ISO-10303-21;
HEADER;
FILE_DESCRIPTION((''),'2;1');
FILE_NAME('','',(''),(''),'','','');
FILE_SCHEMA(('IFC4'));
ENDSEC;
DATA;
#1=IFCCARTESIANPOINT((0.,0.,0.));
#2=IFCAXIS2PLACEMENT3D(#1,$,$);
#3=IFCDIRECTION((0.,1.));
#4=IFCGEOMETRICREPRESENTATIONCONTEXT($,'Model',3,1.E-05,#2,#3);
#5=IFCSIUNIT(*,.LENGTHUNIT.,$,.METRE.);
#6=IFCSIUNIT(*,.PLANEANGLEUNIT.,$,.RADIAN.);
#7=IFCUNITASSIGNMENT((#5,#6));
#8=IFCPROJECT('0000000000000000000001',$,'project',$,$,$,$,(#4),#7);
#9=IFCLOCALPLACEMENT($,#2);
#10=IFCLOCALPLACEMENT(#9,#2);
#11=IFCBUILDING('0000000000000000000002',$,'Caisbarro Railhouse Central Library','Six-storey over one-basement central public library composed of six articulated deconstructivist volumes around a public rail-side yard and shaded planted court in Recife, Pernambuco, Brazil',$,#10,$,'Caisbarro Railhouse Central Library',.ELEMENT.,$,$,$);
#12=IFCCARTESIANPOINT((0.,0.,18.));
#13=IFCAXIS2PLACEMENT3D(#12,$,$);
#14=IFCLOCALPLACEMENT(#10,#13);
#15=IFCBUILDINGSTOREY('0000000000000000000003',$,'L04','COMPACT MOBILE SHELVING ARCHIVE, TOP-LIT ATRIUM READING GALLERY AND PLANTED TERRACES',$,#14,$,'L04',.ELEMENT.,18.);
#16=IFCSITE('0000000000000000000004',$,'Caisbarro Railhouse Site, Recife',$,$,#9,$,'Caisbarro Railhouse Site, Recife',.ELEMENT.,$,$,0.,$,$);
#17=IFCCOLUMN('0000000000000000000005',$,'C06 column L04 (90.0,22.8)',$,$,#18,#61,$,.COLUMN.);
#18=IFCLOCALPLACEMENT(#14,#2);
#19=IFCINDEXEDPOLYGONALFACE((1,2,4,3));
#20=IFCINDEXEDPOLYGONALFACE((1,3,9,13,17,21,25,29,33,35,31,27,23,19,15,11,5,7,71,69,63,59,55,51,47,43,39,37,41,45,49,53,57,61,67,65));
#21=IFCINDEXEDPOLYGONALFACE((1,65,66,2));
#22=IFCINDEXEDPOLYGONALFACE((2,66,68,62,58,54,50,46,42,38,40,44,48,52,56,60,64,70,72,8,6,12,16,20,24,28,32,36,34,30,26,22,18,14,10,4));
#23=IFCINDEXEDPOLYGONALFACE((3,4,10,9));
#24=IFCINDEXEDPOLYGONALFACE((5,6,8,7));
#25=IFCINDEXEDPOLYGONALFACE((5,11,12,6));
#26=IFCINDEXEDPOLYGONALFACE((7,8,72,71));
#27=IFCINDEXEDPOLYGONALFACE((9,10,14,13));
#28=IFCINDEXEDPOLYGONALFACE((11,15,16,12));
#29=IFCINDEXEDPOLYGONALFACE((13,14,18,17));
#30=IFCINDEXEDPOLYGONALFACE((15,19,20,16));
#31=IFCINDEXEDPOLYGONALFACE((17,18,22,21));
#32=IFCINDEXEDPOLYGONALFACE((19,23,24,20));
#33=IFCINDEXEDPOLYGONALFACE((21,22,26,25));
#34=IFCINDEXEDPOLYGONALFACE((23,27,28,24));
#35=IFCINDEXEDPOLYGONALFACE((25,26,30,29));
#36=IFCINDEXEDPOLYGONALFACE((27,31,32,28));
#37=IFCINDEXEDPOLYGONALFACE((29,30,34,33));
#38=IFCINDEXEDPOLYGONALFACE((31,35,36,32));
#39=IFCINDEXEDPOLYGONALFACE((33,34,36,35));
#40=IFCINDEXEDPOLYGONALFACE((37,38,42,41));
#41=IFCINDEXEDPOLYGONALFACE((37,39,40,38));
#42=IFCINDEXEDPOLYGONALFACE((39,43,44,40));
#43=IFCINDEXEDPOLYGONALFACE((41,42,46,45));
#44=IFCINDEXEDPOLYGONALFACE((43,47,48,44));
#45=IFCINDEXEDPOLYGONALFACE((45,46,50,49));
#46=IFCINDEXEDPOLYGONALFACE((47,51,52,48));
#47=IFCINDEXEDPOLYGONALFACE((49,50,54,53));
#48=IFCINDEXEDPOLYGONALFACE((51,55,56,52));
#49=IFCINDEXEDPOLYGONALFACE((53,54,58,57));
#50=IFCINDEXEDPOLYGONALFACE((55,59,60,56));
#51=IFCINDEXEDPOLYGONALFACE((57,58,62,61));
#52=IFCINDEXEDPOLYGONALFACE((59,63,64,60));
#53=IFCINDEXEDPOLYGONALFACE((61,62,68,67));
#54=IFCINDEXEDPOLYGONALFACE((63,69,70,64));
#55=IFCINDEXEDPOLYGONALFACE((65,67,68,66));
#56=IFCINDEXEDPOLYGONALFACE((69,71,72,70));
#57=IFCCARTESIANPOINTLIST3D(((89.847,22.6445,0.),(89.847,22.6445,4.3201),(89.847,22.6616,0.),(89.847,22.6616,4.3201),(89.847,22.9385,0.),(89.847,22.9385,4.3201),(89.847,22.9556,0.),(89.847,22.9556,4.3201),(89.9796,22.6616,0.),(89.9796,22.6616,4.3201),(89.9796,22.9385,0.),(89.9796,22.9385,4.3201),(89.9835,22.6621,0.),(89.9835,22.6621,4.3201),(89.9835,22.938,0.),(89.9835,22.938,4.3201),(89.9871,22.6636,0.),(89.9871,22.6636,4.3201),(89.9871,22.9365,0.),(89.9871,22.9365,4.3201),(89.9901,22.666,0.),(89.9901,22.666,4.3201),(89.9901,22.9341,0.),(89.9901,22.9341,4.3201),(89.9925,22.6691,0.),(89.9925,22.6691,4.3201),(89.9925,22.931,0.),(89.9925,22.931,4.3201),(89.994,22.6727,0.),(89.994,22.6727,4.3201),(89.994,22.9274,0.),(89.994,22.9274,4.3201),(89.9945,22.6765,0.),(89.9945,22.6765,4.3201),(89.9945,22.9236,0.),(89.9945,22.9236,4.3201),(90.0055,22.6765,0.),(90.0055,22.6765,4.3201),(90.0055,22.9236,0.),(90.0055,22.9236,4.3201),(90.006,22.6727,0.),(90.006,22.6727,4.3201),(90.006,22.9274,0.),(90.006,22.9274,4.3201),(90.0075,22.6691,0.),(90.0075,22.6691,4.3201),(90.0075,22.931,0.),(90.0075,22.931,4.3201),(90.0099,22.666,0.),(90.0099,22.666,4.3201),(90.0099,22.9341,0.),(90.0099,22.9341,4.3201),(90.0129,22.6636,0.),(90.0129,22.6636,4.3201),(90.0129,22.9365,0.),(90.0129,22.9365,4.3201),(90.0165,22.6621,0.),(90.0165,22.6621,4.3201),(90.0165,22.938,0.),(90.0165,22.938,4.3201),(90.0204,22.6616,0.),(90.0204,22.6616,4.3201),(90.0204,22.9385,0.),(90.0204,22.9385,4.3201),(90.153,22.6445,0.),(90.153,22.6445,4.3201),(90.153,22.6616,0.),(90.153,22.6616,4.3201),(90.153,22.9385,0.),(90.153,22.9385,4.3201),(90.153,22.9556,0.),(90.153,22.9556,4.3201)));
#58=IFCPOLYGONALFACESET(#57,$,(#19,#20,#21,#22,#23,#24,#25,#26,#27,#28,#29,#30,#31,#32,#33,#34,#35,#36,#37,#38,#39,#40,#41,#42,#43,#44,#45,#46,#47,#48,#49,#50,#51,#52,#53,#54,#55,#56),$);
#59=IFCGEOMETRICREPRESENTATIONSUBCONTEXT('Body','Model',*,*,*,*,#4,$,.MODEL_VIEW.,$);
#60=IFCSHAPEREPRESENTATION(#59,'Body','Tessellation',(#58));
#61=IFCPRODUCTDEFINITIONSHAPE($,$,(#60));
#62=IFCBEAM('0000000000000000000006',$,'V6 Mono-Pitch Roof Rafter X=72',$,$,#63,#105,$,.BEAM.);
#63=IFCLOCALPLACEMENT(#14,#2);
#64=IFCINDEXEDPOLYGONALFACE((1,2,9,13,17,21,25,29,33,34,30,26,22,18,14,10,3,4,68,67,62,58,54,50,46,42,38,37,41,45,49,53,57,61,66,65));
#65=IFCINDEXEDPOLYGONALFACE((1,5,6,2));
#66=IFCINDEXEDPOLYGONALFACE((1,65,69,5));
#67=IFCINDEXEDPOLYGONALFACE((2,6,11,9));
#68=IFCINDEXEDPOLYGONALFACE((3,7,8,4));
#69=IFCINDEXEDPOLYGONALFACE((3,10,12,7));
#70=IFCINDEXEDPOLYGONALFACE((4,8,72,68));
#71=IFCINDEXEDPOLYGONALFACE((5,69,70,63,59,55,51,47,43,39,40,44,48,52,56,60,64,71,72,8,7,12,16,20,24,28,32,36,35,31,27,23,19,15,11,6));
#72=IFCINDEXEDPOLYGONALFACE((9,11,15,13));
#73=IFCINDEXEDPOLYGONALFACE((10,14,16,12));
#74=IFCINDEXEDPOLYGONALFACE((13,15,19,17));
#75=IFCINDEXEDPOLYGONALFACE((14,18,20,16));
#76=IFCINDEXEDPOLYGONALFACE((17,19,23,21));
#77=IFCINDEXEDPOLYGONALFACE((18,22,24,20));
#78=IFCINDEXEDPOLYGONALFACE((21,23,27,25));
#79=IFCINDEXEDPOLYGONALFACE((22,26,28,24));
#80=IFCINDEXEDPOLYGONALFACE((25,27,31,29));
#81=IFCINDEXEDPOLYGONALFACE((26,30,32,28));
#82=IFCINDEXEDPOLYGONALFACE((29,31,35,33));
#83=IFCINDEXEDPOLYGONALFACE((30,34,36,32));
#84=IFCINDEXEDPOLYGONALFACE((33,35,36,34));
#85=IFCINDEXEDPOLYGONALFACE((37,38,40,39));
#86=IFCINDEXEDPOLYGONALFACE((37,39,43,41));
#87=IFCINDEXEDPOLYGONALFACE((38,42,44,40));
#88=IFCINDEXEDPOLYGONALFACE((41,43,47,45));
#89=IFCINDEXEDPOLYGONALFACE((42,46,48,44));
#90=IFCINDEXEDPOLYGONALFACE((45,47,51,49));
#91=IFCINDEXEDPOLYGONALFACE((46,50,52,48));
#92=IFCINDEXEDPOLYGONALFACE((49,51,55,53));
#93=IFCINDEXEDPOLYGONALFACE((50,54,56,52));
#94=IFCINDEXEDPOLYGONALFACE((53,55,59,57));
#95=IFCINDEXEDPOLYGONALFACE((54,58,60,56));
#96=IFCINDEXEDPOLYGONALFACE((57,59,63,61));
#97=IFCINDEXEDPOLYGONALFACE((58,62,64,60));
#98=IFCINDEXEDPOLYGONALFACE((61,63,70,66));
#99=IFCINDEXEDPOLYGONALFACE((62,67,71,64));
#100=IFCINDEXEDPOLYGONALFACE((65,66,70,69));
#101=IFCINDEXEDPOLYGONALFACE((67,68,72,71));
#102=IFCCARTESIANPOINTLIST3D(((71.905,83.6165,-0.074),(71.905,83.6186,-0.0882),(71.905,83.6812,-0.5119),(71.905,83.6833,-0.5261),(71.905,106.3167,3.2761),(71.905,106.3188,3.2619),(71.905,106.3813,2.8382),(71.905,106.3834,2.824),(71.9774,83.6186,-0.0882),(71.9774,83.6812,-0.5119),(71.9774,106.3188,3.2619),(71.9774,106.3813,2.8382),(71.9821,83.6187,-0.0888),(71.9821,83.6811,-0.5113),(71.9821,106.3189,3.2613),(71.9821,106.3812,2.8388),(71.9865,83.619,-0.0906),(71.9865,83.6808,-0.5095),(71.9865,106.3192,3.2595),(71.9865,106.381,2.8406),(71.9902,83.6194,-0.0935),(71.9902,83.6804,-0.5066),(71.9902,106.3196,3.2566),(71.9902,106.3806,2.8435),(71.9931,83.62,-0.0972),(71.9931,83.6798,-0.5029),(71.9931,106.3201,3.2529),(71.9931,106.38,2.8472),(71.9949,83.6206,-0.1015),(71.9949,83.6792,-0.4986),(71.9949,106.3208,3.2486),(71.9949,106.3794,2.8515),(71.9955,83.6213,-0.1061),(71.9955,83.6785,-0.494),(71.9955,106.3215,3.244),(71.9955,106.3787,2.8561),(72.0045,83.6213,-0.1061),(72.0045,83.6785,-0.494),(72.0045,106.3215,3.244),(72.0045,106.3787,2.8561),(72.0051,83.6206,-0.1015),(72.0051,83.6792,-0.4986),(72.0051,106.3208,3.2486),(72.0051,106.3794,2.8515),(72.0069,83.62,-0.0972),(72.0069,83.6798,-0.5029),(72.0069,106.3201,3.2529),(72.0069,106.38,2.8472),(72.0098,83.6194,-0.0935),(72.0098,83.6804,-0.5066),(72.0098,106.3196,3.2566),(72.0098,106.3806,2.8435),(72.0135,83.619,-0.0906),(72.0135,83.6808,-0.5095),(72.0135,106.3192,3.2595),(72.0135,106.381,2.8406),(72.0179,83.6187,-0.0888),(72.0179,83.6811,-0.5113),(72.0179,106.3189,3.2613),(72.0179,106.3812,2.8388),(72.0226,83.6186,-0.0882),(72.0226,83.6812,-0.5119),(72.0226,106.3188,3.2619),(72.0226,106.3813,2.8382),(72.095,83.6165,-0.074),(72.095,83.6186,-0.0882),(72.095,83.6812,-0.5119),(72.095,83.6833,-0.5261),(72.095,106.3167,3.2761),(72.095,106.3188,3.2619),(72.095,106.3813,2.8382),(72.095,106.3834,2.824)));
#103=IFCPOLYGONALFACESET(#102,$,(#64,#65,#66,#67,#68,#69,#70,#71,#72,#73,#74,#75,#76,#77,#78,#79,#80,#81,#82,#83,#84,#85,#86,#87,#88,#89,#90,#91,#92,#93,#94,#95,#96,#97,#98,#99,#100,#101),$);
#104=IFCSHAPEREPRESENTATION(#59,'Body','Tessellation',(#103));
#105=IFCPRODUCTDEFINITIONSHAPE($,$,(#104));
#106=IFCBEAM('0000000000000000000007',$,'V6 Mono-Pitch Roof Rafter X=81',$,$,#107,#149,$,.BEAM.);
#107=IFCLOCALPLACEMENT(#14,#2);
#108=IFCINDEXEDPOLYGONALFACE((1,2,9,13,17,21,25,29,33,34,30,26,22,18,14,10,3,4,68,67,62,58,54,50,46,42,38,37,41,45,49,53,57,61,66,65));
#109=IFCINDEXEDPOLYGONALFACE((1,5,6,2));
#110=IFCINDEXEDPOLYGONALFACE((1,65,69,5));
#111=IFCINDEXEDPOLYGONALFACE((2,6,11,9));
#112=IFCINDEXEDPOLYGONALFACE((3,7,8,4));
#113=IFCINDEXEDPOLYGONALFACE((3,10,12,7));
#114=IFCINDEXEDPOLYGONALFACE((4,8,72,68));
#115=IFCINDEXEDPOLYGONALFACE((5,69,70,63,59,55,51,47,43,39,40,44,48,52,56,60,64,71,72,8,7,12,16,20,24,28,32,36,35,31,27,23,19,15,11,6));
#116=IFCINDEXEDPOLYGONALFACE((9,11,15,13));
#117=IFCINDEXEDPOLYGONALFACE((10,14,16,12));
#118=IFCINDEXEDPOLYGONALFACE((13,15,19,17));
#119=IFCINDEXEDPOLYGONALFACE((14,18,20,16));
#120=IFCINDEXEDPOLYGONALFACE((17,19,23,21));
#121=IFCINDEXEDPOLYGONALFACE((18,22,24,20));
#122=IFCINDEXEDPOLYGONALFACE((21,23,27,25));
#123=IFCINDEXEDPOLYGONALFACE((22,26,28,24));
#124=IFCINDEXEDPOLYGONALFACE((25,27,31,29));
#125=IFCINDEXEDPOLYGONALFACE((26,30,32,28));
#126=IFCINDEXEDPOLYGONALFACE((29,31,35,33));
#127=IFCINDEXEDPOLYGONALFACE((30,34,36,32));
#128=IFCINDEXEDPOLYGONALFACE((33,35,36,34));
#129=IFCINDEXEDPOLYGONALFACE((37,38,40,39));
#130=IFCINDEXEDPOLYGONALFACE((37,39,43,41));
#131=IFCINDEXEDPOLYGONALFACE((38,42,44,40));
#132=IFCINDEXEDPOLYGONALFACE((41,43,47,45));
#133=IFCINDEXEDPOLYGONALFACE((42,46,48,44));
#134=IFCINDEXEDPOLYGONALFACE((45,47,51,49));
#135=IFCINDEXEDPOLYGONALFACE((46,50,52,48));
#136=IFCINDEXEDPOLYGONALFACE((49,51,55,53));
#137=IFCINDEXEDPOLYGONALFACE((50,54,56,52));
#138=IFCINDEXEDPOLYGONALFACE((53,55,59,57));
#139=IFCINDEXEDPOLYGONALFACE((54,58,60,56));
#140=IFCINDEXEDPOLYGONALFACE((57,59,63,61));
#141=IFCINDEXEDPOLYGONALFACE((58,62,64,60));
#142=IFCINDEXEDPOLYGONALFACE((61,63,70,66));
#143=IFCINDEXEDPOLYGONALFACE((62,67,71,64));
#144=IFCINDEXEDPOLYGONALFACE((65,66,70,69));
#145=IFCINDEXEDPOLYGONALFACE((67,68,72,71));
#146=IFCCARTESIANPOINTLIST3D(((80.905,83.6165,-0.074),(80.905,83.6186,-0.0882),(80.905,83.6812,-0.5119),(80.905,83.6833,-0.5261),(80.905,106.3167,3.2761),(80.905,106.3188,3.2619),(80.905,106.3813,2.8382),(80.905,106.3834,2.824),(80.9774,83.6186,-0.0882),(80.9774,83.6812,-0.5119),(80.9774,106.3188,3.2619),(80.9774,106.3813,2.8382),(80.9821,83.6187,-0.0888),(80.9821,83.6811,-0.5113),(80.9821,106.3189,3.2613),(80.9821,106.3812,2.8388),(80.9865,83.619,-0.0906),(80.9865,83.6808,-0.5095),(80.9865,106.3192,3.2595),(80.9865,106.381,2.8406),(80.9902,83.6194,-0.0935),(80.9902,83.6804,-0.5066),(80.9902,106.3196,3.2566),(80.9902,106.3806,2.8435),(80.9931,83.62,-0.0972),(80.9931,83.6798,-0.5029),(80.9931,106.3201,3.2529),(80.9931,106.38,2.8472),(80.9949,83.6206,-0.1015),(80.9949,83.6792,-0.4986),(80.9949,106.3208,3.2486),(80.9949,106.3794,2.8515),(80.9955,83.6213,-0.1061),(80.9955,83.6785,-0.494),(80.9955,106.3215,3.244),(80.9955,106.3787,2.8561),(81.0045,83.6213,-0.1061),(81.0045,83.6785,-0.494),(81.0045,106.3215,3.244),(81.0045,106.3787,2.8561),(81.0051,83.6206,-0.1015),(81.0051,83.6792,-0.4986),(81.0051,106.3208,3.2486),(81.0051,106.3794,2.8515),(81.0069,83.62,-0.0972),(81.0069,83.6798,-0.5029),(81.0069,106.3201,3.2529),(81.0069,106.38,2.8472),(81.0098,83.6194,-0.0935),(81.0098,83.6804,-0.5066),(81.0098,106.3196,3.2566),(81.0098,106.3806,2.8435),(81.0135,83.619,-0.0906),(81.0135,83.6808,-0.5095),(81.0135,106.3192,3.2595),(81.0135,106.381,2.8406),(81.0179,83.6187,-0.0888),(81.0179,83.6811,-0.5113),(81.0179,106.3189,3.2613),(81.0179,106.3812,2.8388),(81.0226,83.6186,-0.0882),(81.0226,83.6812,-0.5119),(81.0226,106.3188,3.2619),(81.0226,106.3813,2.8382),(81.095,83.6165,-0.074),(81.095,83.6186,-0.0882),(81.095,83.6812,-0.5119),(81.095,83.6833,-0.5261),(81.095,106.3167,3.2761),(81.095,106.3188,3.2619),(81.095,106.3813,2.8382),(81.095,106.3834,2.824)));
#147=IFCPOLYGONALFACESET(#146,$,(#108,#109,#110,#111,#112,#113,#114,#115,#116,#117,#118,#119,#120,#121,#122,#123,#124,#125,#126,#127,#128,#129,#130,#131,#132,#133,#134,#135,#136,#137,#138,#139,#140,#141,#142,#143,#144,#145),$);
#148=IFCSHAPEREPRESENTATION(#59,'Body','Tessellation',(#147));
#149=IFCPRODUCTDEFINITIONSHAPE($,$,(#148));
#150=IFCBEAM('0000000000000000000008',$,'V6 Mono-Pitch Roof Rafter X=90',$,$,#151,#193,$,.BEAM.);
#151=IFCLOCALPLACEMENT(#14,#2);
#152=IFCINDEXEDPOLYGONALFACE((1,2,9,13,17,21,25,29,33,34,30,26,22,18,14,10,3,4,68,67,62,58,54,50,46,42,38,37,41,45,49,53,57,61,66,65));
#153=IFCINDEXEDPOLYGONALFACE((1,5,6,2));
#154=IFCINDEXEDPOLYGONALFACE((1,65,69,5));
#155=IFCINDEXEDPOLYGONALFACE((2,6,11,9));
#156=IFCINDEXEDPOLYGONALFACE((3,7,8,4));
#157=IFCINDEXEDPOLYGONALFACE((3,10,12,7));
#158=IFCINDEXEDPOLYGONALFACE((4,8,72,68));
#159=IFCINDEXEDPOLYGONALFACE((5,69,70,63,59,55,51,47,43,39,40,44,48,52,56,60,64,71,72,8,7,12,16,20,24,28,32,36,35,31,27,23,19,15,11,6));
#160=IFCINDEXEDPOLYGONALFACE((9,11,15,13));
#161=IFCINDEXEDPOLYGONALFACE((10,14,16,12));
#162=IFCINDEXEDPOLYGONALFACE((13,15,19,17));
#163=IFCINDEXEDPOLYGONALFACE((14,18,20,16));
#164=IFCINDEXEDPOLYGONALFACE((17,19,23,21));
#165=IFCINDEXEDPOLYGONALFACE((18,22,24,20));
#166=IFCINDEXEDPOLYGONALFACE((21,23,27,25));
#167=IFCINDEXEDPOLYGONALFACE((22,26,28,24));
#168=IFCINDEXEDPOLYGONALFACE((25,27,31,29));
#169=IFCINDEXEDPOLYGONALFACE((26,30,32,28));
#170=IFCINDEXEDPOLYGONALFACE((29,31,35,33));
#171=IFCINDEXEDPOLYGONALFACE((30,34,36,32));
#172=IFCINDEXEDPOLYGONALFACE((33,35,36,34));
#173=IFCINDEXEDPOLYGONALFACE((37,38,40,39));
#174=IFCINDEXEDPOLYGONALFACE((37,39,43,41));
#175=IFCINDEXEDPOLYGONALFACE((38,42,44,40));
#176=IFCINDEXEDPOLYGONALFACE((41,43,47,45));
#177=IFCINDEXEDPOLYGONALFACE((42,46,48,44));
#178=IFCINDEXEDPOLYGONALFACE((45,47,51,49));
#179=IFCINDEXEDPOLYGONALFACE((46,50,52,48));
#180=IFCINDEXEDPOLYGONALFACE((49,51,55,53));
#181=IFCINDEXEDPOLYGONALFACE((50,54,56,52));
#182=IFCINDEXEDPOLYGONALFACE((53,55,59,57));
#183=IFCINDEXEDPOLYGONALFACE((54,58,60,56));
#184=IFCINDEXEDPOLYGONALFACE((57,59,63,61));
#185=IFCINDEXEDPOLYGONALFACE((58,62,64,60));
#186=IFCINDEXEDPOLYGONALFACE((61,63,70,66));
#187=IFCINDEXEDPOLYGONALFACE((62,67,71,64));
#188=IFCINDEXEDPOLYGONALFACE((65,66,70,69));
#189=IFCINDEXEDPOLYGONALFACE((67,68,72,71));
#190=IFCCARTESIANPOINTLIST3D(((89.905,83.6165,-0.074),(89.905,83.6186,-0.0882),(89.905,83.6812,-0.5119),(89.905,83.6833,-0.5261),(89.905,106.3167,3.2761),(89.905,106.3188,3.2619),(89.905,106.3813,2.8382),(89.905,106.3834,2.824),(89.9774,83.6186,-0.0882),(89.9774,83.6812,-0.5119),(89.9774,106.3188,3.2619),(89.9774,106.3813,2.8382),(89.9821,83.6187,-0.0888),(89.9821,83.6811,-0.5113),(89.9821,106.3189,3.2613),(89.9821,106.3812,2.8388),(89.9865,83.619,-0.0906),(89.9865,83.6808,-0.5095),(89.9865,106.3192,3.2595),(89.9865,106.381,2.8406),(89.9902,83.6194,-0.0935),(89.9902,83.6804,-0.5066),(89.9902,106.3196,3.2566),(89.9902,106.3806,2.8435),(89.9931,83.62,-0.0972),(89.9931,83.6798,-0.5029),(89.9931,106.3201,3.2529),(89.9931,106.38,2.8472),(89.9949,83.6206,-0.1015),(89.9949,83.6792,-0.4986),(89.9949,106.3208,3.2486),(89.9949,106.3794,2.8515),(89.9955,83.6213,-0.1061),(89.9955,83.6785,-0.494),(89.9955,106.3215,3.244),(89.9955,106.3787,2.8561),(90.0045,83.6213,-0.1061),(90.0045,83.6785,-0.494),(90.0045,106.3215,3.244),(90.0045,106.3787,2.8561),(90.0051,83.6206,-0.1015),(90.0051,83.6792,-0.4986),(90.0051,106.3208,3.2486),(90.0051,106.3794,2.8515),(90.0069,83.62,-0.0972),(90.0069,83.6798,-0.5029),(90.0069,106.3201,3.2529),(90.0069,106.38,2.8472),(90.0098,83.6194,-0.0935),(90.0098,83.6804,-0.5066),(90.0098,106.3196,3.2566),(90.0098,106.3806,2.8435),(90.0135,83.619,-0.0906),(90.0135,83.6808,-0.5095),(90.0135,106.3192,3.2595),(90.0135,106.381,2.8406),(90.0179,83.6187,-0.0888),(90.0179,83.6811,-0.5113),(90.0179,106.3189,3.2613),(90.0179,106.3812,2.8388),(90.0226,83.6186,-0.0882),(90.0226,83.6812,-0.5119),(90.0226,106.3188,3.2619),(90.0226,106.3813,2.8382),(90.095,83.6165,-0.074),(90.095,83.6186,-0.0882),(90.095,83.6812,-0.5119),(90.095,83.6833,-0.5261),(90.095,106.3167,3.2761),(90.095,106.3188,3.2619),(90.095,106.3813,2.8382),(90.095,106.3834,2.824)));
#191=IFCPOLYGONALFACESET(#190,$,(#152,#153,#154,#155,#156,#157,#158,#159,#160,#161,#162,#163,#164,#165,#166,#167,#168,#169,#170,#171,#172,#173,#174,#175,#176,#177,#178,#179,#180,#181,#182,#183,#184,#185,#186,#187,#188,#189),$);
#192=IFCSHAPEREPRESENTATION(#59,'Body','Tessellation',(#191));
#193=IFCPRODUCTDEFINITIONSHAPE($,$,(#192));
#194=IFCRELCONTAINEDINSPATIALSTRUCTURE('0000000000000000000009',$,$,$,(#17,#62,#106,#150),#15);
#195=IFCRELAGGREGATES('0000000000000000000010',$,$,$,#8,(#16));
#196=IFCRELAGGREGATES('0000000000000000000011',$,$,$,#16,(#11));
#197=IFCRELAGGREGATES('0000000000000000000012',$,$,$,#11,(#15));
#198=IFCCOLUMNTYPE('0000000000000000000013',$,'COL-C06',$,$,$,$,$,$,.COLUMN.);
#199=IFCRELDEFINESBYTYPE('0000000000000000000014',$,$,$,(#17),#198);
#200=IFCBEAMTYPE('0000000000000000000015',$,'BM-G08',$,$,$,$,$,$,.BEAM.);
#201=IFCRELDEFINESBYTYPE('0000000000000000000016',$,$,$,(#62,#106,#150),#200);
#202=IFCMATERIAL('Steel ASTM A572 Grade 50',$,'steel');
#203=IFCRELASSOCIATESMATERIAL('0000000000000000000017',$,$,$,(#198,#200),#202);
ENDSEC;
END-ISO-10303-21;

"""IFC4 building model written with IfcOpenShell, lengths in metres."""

from ifc_helpers import new_model, si_unit, direction, frame, origin, origin_2d, place, context, subcontext, project, spatial, i_section, extrude, material, material_profile, profile_set, type_object, element, save


model = new_model("IFC4")

# Units and contexts
model_context = context("Model", 3, precision=1e-05, world=origin(), true_north=direction((0.0, 1.0)))
body_context = subcontext(model_context, "Body", "Model", "MODEL_VIEW")
ifc_project = project(units=[si_unit("LENGTHUNIT", "METRE"), si_unit("PLANEANGLEUNIT", "RADIAN")], contexts=[model_context])

# Site, building, storey
site_placement = place(None, origin())
site = spatial("IfcSite", under=ifc_project, at=site_placement, Name="Caisbarro Railhouse Site, Recife", LongName="Caisbarro Railhouse Site, Recife", CompositionType="ELEMENT", RefElevation=0.0)
building_placement = place(site_placement, origin())
building = spatial("IfcBuilding", under=site, at=building_placement, Name="Caisbarro Railhouse Central Library", Description="Six-storey over one-basement central public library composed of six articulated deconstructivist volumes around a public rail-side yard and shaded planted court in Recife, Pernambuco, Brazil", LongName="Caisbarro Railhouse Central Library", CompositionType="ELEMENT")
storey_placement = place(building_placement, frame((0.0, 0.0, 18.0)))
storey = spatial("IfcBuildingStorey", under=building, at=storey_placement, Name="L04", Description="COMPACT MOBILE SHELVING ARCHIVE, TOP-LIT ATRIUM READING GALLERY AND PLANTED TERRACES", LongName="L04", CompositionType="ELEMENT", Elevation=18.0)

# Column
ifc_material_1 = material(Name="Steel ASTM A572 Grade 50", Category="steel")
ifc_material_profile_1 = material_profile(ifc_material_1, i_section(OverallWidth=0.3059, OverallDepth=0.311, WebThickness=0.011, FlangeThickness=0.0171, FilletRadius=0.0149, at=origin_2d()), Name="W310X107.0")
ifc_profile_set_1 = profile_set([ifc_material_profile_1], Name="Steel ASTM A572 Grade 50")
column_type = type_object("IfcColumnType", Name="COL-C06", PredefinedType="COLUMN", material=ifc_profile_set_1)
column_placement = place(storey_placement, frame((90.0, 22.8, 0.0), z_axis=(0.0, 0.0, 1.0), x_axis=(1.0, 0.0, 0.0)))
element("IfcColumn", 1, at=column_placement, inside=storey, type_object=column_type, Name="C06 column L04 (90.0,22.8)", PredefinedType="COLUMN", context=body_context, shape_type="SweptSolid", body=[
    extrude(i_section(OverallWidth=0.3059, OverallDepth=0.311, WebThickness=0.011, FlangeThickness=0.0171, FilletRadius=0.0149, at=origin_2d()), origin(), (0.0, 0.0, 1.0), 4.3201),
])

# Beams
ifc_material_profile_2 = material_profile(ifc_material_1, i_section(OverallWidth=0.1899, OverallDepth=0.457, WebThickness=0.009, FlangeThickness=0.0144, FilletRadius=0.0181, at=origin_2d()), Name="W460X74.0")
ifc_profile_set_2 = profile_set([ifc_material_profile_2], Name="Steel ASTM A572 Grade 50")
beam_type_1 = type_object("IfcBeamType", Name="BM-G08", PredefinedType="BEAM", material=ifc_profile_set_2)
for number, where, z_axis, x_axis, name in (
    (2, (72.0, 83.6499, -0.3), (0.0, 0.989285, 0.145999), (-1.0, 0.0, 0.0), "V6 Mono-Pitch Roof Rafter X=72"),
    (3, (81.0, 83.6499, -0.3), (0.0, 0.989285, 0.145999), (-1.0, 0.0, 0.0), "V6 Mono-Pitch Roof Rafter X=81"),
    (4, (90.0, 83.6499, -0.3), (0.0, 0.989285, 0.145999), (-1.0, 0.0, 0.0), "V6 Mono-Pitch Roof Rafter X=90"),
):
    element("IfcBeam", number, at=place(storey_placement, frame(where, z_axis=z_axis, x_axis=x_axis)), inside=storey, type_object=beam_type_1, Name=name, PredefinedType="BEAM", context=body_context, shape_type="SweptSolid", body=[
        extrude(i_section(OverallWidth=0.1899, OverallDepth=0.457, WebThickness=0.009, FlangeThickness=0.0144, FilletRadius=0.0181, at=origin_2d()), origin(), (0.0, 0.0, 1.0), 22.946),
    ])

save(model, "model.ifc")
